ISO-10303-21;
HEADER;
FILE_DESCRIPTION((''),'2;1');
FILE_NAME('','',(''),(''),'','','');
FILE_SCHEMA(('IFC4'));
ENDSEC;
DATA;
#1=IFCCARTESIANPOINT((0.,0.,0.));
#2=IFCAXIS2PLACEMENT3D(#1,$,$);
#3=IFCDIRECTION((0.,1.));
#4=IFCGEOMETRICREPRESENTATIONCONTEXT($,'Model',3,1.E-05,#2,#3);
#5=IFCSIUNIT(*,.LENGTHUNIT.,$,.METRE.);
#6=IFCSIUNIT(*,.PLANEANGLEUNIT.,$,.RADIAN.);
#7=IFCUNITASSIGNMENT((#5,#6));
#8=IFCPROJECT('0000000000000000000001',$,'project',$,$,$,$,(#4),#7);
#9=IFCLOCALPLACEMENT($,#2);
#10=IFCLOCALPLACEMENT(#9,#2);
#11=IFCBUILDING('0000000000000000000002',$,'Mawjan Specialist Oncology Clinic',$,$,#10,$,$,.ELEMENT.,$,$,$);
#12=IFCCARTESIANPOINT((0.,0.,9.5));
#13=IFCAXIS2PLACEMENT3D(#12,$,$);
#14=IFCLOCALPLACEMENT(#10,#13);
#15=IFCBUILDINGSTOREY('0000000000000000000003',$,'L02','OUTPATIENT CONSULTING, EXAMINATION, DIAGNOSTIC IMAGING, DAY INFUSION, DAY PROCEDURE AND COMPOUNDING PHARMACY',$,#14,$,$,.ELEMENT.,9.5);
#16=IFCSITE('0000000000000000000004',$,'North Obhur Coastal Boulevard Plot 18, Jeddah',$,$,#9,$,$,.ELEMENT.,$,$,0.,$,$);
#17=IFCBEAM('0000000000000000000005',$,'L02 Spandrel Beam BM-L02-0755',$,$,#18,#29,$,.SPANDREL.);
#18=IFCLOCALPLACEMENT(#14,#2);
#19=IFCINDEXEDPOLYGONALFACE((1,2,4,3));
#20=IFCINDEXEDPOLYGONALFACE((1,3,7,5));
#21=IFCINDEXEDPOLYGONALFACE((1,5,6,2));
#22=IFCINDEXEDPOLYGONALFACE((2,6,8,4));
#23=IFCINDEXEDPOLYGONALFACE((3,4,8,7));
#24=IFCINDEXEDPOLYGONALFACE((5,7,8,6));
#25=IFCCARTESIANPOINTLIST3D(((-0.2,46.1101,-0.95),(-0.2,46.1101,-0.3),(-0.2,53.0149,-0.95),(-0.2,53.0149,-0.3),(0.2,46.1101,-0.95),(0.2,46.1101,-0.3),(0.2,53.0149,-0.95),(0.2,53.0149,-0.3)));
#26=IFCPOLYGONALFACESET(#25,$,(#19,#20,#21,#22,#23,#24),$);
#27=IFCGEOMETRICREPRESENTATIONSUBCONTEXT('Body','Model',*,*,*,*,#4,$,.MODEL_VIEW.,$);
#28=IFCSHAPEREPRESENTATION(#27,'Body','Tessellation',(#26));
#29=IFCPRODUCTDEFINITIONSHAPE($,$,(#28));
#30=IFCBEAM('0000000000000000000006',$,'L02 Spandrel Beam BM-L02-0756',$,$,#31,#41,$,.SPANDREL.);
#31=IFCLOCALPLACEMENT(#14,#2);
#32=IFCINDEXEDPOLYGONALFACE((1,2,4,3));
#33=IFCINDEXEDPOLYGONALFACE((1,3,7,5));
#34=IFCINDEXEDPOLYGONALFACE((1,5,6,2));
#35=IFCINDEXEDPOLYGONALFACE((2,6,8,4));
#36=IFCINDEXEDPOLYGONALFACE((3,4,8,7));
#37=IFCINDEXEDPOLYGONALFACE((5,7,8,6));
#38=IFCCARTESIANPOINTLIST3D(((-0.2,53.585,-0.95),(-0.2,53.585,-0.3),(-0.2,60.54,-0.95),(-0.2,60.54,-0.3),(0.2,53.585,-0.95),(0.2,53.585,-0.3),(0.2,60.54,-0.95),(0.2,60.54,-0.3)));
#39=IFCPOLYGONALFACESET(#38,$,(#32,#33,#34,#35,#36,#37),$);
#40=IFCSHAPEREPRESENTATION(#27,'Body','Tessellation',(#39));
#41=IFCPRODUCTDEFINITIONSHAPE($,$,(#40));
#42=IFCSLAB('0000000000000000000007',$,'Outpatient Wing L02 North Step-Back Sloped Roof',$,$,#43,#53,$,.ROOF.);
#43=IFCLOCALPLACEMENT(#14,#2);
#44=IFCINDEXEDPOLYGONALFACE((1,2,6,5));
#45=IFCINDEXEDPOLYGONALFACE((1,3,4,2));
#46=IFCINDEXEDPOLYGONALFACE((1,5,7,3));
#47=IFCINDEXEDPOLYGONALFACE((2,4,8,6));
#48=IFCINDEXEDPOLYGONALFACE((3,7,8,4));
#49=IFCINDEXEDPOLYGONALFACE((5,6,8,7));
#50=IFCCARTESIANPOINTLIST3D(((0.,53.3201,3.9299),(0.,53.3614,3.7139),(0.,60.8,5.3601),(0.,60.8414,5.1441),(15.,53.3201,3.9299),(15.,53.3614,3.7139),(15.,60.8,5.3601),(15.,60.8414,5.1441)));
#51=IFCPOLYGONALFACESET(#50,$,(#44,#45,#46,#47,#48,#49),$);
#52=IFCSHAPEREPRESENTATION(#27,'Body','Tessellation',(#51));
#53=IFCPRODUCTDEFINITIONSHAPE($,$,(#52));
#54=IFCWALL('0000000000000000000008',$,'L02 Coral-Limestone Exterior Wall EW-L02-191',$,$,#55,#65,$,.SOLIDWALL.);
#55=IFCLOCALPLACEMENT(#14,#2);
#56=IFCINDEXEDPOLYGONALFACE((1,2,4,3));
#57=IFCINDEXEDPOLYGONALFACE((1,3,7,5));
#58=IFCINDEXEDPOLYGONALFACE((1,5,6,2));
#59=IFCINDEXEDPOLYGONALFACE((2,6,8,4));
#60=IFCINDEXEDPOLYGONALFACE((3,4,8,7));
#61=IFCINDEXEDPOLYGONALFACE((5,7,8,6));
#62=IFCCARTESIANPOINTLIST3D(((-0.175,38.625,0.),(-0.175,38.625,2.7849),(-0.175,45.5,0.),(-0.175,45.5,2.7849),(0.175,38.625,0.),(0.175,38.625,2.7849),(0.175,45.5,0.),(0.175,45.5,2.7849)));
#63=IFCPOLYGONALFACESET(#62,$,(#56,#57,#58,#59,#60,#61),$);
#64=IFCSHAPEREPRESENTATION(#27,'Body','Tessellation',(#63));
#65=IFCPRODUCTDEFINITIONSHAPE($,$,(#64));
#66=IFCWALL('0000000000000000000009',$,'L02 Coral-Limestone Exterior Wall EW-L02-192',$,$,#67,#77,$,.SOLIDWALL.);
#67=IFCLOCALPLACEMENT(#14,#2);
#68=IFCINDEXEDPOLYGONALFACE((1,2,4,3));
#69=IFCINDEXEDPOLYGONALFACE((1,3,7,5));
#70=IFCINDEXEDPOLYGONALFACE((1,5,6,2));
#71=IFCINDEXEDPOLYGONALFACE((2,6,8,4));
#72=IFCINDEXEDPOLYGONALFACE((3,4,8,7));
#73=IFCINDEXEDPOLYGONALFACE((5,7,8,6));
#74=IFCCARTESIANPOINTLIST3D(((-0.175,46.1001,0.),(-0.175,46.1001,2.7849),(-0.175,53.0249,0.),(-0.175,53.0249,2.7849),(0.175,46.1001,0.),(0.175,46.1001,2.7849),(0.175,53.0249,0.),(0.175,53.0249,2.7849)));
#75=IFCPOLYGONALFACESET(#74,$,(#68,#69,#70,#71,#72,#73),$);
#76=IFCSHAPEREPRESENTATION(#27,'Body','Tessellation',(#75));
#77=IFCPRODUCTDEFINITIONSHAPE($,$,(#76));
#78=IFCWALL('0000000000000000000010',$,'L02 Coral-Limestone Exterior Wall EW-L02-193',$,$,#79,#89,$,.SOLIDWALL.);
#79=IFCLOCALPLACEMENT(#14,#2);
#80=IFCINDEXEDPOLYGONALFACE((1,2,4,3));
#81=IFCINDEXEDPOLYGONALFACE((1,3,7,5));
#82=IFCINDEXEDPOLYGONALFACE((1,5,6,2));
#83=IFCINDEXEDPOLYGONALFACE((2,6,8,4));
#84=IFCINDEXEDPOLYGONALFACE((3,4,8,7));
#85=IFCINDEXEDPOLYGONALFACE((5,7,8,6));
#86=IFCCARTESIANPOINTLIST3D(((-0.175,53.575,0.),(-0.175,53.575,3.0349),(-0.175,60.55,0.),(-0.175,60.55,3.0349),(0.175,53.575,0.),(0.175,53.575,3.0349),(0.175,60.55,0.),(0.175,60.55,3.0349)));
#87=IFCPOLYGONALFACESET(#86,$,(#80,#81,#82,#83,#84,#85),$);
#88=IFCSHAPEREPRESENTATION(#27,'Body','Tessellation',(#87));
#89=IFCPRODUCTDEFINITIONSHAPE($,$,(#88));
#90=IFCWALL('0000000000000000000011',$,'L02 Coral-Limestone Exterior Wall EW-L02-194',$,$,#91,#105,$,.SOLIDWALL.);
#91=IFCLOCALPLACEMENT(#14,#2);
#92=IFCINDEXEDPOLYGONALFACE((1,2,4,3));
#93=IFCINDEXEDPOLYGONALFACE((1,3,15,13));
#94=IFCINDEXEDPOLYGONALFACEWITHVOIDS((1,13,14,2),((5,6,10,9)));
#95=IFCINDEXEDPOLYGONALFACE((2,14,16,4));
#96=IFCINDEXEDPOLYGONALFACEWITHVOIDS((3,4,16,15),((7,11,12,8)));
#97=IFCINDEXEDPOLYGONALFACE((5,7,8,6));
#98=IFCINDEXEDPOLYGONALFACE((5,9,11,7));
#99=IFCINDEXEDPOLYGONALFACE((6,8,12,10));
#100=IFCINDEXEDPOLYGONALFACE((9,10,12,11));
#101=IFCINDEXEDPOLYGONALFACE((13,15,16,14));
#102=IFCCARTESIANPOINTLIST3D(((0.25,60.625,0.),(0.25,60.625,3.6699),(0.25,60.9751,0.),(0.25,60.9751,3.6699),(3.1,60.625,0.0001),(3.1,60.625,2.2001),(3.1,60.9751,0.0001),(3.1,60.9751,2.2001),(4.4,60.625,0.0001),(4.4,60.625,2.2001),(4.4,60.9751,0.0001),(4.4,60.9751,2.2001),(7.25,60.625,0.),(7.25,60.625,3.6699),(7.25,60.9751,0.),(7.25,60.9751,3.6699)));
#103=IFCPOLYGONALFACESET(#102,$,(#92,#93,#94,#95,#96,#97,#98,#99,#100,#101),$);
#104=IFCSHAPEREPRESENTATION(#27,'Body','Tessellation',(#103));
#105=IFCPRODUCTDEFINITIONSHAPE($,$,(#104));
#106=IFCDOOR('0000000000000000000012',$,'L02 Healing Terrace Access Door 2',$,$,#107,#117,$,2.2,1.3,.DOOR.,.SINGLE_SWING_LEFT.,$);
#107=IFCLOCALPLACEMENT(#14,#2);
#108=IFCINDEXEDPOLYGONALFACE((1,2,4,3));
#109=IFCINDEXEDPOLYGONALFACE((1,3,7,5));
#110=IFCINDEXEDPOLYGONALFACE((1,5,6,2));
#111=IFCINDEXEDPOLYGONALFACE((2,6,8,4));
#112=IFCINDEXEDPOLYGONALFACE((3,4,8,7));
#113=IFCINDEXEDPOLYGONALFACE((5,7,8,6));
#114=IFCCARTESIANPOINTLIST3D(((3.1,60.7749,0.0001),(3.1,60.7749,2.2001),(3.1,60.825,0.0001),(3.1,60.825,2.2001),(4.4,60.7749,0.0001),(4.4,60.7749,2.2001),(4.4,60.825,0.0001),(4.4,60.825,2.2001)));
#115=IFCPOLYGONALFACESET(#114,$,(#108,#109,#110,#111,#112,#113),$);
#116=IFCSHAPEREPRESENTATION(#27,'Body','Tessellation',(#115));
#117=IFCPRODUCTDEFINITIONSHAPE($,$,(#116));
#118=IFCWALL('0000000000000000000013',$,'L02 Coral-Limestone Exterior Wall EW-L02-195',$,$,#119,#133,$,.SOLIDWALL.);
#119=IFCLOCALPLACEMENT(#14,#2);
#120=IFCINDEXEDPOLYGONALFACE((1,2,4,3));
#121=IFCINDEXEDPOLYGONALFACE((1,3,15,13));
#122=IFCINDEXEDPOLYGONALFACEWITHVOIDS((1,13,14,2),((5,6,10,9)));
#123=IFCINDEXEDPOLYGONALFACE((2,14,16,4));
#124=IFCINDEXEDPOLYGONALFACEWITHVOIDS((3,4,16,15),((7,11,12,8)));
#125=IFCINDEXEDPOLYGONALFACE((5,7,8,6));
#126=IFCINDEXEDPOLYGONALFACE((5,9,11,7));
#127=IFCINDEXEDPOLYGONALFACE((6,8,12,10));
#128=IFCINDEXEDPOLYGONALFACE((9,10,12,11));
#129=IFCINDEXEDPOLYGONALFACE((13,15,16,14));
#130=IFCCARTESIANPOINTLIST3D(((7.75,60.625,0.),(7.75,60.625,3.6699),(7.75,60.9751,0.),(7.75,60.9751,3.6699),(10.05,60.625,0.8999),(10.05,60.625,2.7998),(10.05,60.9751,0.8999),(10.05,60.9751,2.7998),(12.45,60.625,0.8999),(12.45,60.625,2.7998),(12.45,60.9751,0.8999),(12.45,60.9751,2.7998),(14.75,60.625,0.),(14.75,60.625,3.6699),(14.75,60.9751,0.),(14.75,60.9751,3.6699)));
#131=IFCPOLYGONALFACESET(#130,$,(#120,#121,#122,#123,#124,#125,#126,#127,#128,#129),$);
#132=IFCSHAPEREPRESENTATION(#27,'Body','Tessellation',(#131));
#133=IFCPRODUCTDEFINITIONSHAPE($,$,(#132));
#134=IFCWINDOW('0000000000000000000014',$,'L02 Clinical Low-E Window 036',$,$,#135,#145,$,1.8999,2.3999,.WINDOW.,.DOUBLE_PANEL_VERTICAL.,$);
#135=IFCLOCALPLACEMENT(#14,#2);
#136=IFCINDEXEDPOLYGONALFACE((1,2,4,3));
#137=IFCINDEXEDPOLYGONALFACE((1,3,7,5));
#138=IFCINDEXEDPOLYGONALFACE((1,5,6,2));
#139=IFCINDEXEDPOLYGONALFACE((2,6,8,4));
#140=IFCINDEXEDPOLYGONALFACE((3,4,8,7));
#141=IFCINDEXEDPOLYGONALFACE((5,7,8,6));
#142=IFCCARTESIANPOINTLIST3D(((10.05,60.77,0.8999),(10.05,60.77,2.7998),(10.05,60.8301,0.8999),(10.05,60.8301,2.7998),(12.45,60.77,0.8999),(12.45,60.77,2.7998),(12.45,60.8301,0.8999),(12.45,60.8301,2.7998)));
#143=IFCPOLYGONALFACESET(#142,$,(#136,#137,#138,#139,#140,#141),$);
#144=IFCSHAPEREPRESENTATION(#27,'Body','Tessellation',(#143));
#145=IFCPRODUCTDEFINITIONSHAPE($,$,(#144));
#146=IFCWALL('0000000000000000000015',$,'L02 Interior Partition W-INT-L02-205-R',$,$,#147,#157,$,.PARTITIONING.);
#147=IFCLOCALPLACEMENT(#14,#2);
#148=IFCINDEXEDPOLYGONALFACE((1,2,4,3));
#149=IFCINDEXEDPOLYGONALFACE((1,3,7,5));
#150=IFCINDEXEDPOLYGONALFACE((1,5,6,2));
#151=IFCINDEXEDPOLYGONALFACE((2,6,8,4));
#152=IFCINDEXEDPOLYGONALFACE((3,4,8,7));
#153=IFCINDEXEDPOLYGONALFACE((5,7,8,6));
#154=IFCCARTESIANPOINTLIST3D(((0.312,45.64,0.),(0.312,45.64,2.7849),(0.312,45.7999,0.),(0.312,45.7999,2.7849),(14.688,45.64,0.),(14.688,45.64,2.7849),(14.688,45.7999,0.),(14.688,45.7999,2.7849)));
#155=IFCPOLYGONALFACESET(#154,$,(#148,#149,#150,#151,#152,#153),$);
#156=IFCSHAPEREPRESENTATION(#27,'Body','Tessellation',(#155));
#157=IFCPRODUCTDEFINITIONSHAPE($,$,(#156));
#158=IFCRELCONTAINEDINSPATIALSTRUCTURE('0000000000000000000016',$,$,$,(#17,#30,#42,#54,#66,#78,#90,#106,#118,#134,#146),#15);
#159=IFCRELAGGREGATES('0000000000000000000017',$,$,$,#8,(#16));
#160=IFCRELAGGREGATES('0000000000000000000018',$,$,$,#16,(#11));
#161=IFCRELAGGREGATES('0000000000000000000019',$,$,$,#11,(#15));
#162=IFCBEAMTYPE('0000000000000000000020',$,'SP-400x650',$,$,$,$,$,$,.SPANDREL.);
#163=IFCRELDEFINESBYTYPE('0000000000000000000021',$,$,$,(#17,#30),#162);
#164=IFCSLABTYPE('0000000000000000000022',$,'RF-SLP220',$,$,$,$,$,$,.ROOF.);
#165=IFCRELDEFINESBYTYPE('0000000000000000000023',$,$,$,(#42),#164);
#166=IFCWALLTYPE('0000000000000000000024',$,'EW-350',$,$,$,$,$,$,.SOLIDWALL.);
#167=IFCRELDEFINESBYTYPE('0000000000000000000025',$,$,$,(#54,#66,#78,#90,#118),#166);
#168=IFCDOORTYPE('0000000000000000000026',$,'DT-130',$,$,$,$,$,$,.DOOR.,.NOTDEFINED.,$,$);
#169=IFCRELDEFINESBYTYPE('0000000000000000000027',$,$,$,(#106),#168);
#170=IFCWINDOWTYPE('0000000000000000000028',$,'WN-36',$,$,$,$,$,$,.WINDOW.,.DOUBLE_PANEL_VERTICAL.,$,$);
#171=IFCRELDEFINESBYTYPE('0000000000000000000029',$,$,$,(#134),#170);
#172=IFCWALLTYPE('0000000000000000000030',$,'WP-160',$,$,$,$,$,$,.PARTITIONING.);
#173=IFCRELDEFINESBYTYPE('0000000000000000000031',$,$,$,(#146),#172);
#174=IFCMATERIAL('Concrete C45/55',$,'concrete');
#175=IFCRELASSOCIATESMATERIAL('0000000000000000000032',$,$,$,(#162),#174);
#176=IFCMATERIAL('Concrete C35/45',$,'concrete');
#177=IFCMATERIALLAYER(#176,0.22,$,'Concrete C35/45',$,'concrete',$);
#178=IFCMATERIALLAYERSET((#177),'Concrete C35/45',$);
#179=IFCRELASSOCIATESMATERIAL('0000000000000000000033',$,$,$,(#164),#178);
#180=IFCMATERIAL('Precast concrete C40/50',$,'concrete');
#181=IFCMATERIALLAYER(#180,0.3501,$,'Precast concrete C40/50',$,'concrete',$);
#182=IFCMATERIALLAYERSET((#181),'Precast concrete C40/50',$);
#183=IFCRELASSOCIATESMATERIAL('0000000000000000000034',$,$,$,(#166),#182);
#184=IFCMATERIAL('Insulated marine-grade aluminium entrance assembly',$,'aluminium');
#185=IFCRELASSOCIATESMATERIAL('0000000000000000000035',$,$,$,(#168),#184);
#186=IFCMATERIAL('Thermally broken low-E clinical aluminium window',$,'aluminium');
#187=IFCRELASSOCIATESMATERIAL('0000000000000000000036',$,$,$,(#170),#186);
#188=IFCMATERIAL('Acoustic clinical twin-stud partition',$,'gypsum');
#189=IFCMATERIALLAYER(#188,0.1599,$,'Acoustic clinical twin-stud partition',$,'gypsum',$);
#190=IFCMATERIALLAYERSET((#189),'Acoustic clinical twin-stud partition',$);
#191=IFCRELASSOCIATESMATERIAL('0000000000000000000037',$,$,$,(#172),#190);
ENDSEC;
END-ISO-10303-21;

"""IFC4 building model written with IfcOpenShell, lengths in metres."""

from ifc_helpers import new_model, si_unit, direction, frame, frame_2d, origin, origin_2d, place, context, subcontext, project, spatial, polyline, rectangle, outline, extrude, material, layer, layer_set, material_profile, profile_set, type_object, element, fill, save


model = new_model("IFC4")

# Units and contexts
model_context = context("Model", 3, precision=1e-05, world=origin(), true_north=direction((0.0, 1.0)))
body_context = subcontext(model_context, "Body", "Model", "MODEL_VIEW")
ifc_project = project(units=[si_unit("LENGTHUNIT", "METRE"), si_unit("PLANEANGLEUNIT", "RADIAN")], contexts=[model_context])

# Site, building, storey
site_placement = place(None, origin())
site = spatial("IfcSite", under=ifc_project, at=site_placement, Name="North Obhur Coastal Boulevard Plot 18, Jeddah", CompositionType="ELEMENT", RefElevation=0.0)
building_placement = place(site_placement, origin())
building = spatial("IfcBuilding", under=site, at=building_placement, Name="Mawjan Specialist Oncology Clinic", CompositionType="ELEMENT")
storey_placement = place(building_placement, frame((0.0, 0.0, 9.5)))
storey = spatial("IfcBuildingStorey", under=building, at=storey_placement, Name="L02", Description="OUTPATIENT CONSULTING, EXAMINATION, DIAGNOSTIC IMAGING, DAY INFUSION, DAY PROCEDURE AND COMPOUNDING PHARMACY", CompositionType="ELEMENT", Elevation=9.5)

# Beams
ifc_material_1 = material(Name="Concrete C45/55", Category="concrete")
ifc_material_profile_1 = material_profile(ifc_material_1, rectangle(XDim=0.3999, YDim=0.6499, at=origin_2d()), Name="RC BM 400x650", Category="concrete")
ifc_profile_set_1 = profile_set([ifc_material_profile_1], Name="Concrete C45/55")
beam_type_1 = type_object("IfcBeamType", Name="SP-400x650", PredefinedType="SPANDREL", material=ifc_profile_set_1)
beam_1_placement = place(storey_placement, frame((0.0, 46.1101, -0.625), z_axis=(0.0, 1.0, 0.0), x_axis=(-1.0, 0.0, 0.0)))
element("IfcBeam", 1, at=beam_1_placement, inside=storey, type_object=beam_type_1, Name="L02 Spandrel Beam BM-L02-0755", PredefinedType="SPANDREL", context=body_context, shape_type="SweptSolid", body=[
    extrude(rectangle(XDim=0.3999, YDim=0.6499, at=origin_2d()), origin(), (0.0, 0.0, 1.0), 6.9048),
])
beam_2_placement = place(storey_placement, frame((0.0, 53.585, -0.625), z_axis=(0.0, 1.0, 0.0), x_axis=(-1.0, 0.0, 0.0)))
element("IfcBeam", 2, at=beam_2_placement, inside=storey, type_object=beam_type_1, Name="L02 Spandrel Beam BM-L02-0756", PredefinedType="SPANDREL", context=body_context, shape_type="SweptSolid", body=[
    extrude(rectangle(XDim=0.3999, YDim=0.6499, at=origin_2d()), origin(), (0.0, 0.0, 1.0), 6.9551),
])

# Slab
ifc_material_2 = material(Name="Concrete C35/45", Category="concrete")
ifc_layer_1 = layer(ifc_material_2, 0.22, Name="Concrete C35/45", Category="concrete")
ifc_layer_set_1 = layer_set([ifc_layer_1], Name="Concrete C35/45")
slab_type = type_object("IfcSlabType", Name="RF-SLP220", PredefinedType="ROOF", material=ifc_layer_set_1)
slab_placement = place(storey_placement, frame((0.0, 53.3201, 3.9299), z_axis=(0.0, -0.187799, 0.982208), x_axis=(1.0, 0.0, 0.0)))
element("IfcSlab", 3, at=slab_placement, inside=storey, type_object=slab_type, Name="Outpatient Wing L02 North Step-Back Sloped Roof", PredefinedType="ROOF", context=body_context, shape_type="SweptSolid", body=[
    extrude(outline(polyline([(0.0, 0.0), (15.0, 0.0), (15.0, 7.6155), (0.0, 7.6155), (0.0, 0.0)])), origin(), (0.0, 0.0, -1.0), 0.22),
])

# Walls
ifc_material_3 = material(Name="Precast concrete C40/50", Category="concrete")
ifc_layer_2 = layer(ifc_material_3, 0.3501, Name="Precast concrete C40/50", Category="concrete")
ifc_layer_set_2 = layer_set([ifc_layer_2], Name="Precast concrete C40/50")
wall_type_1 = type_object("IfcWallType", Name="EW-350", PredefinedType="SOLIDWALL", material=ifc_layer_set_2)
wall_1_placement = place(storey_placement, frame((0.0, 38.625, 0.0), z_axis=(0.0, 0.0, 1.0), x_axis=(0.0, 1.0, 0.0)))
element("IfcWall", 4, at=wall_1_placement, inside=storey, type_object=wall_type_1, Name="L02 Coral-Limestone Exterior Wall EW-L02-191", PredefinedType="SOLIDWALL", context=body_context, shape_type="SweptSolid", body=[
    extrude(rectangle(XDim=6.875, YDim=0.3501, at=frame_2d((3.4375, 0.0))), origin(), (0.0, 0.0, 1.0), 2.7849),
])
wall_2_placement = place(storey_placement, frame((0.0, 46.1001, 0.0), z_axis=(0.0, 0.0, 1.0), x_axis=(0.0, 1.0, 0.0)))
element("IfcWall", 5, at=wall_2_placement, inside=storey, type_object=wall_type_1, Name="L02 Coral-Limestone Exterior Wall EW-L02-192", PredefinedType="SOLIDWALL", context=body_context, shape_type="SweptSolid", body=[
    extrude(rectangle(XDim=6.9248, YDim=0.3501, at=frame_2d((3.4624, 0.0))), origin(), (0.0, 0.0, 1.0), 2.7849),
])
wall_3_placement = place(storey_placement, frame((0.0, 53.575, 0.0), z_axis=(0.0, 0.0, 1.0), x_axis=(0.0, 1.0, 0.0)))
element("IfcWall", 6, at=wall_3_placement, inside=storey, type_object=wall_type_1, Name="L02 Coral-Limestone Exterior Wall EW-L02-193", PredefinedType="SOLIDWALL", context=body_context, shape_type="SweptSolid", body=[
    extrude(rectangle(XDim=6.9751, YDim=0.3501, at=frame_2d((3.4875, 0.0))), origin(), (0.0, 0.0, 1.0), 3.0349),
])

# Wall, opening, door
wall_4_placement = place(storey_placement, frame((0.25, 60.8, 0.0), z_axis=(0.0, 0.0, 1.0), x_axis=(1.0, 0.0, 0.0)))
wall_4 = element("IfcWall", 7, at=wall_4_placement, inside=storey, type_object=wall_type_1, Name="L02 Coral-Limestone Exterior Wall EW-L02-194", PredefinedType="SOLIDWALL", context=body_context, shape_type="SweptSolid", body=[
    extrude(rectangle(XDim=7.0, YDim=0.3501, at=frame_2d((3.5, 0.0))), origin(), (0.0, 0.0, 1.0), 3.6699),
])
opening_1_placement = place(wall_4_placement, frame((2.8501, 0.0, 0.0)))
opening_1 = element("IfcOpeningElement", 8, at=opening_1_placement, cuts=wall_4, PredefinedType="OPENING", context=body_context, shape_type="SweptSolid", body=[
    extrude(rectangle(XDim=1.3, YDim=2.2, at=frame_2d((0.6499, 1.1001))), frame((0.0, 0.187, 0.0), z_axis=(0.0, -1.0, 0.0), x_axis=(1.0, 0.0, 0.0)), (0.0, 0.0, 1.0), 0.374),
])
ifc_material_4 = material(Name="Insulated marine-grade aluminium entrance assembly", Category="aluminium")
door_type = type_object("IfcDoorType", Name="DT-130", OperationType="NOTDEFINED", PredefinedType="DOOR", material=ifc_material_4)
door_placement = place(opening_1_placement, origin())
door = element("IfcDoor", 9, at=door_placement, inside=storey, type_object=door_type, Name="L02 Healing Terrace Access Door 2", OperationType="SINGLE_SWING_LEFT", OverallHeight=2.2, OverallWidth=1.3, PredefinedType="DOOR", context=body_context, shape_type="SweptSolid", body=[
    extrude(rectangle(XDim=1.3, YDim=2.2, at=frame_2d((0.6499, 1.1001))), frame((0.0, 0.0249, 0.0), z_axis=(0.0, -1.0, 0.0), x_axis=(1.0, 0.0, 0.0)), (0.0, 0.0, 1.0), 0.05),
])
fill(opening_1, door)

# Wall, opening, window
wall_5_placement = place(storey_placement, frame((7.75, 60.8, 0.0), z_axis=(0.0, 0.0, 1.0), x_axis=(1.0, 0.0, 0.0)))
wall_5 = element("IfcWall", 10, at=wall_5_placement, inside=storey, type_object=wall_type_1, Name="L02 Coral-Limestone Exterior Wall EW-L02-195", PredefinedType="SOLIDWALL", context=body_context, shape_type="SweptSolid", body=[
    extrude(rectangle(XDim=7.0, YDim=0.3501, at=frame_2d((3.5, 0.0))), origin(), (0.0, 0.0, 1.0), 3.6699),
])
opening_2_placement = place(wall_5_placement, frame((2.3, 0.0, 0.8999)))
opening_2 = element("IfcOpeningElement", 11, at=opening_2_placement, cuts=wall_5, PredefinedType="OPENING", context=body_context, shape_type="SweptSolid", body=[
    extrude(rectangle(XDim=2.3999, YDim=1.8999, at=frame_2d((1.2, 0.95))), frame((0.0, 0.187, 0.0), z_axis=(0.0, -1.0, 0.0), x_axis=(1.0, 0.0, 0.0)), (0.0, 0.0, 1.0), 0.374),
])
ifc_material_5 = material(Name="Thermally broken low-E clinical aluminium window", Category="aluminium")
window_type = type_object("IfcWindowType", Name="WN-36", PartitioningType="DOUBLE_PANEL_VERTICAL", PredefinedType="WINDOW", material=ifc_material_5)
window_placement = place(opening_2_placement, origin())
window = element("IfcWindow", 12, at=window_placement, inside=storey, type_object=window_type, Name="L02 Clinical Low-E Window 036", OverallHeight=1.8999, OverallWidth=2.3999, PartitioningType="DOUBLE_PANEL_VERTICAL", PredefinedType="WINDOW", context=body_context, shape_type="SweptSolid", body=[
    extrude(rectangle(XDim=2.3999, YDim=1.8999, at=frame_2d((1.2, 0.95))), frame((0.0, 0.03, 0.0), z_axis=(0.0, -1.0, 0.0), x_axis=(1.0, 0.0, 0.0)), (0.0, 0.0, 1.0), 0.0601),
])
fill(opening_2, window)

# Wall
ifc_material_6 = material(Name="Acoustic clinical twin-stud partition", Category="gypsum")
ifc_layer_3 = layer(ifc_material_6, 0.1599, Name="Acoustic clinical twin-stud partition", Category="gypsum")
ifc_layer_set_3 = layer_set([ifc_layer_3], Name="Acoustic clinical twin-stud partition")
wall_type_2 = type_object("IfcWallType", Name="WP-160", PredefinedType="PARTITIONING", material=ifc_layer_set_3)
wall_6_placement = place(storey_placement, frame((0.312, 45.72, 0.0), z_axis=(0.0, 0.0, 1.0), x_axis=(1.0, 0.0, 0.0)))
element("IfcWall", 13, at=wall_6_placement, inside=storey, type_object=wall_type_2, Name="L02 Interior Partition W-INT-L02-205-R", PredefinedType="PARTITIONING", context=body_context, shape_type="SweptSolid", body=[
    extrude(rectangle(XDim=14.376, YDim=0.1599, at=frame_2d((7.188, 0.0))), origin(), (0.0, 0.0, 1.0), 2.7849),
])

save(model, "model.ifc")
